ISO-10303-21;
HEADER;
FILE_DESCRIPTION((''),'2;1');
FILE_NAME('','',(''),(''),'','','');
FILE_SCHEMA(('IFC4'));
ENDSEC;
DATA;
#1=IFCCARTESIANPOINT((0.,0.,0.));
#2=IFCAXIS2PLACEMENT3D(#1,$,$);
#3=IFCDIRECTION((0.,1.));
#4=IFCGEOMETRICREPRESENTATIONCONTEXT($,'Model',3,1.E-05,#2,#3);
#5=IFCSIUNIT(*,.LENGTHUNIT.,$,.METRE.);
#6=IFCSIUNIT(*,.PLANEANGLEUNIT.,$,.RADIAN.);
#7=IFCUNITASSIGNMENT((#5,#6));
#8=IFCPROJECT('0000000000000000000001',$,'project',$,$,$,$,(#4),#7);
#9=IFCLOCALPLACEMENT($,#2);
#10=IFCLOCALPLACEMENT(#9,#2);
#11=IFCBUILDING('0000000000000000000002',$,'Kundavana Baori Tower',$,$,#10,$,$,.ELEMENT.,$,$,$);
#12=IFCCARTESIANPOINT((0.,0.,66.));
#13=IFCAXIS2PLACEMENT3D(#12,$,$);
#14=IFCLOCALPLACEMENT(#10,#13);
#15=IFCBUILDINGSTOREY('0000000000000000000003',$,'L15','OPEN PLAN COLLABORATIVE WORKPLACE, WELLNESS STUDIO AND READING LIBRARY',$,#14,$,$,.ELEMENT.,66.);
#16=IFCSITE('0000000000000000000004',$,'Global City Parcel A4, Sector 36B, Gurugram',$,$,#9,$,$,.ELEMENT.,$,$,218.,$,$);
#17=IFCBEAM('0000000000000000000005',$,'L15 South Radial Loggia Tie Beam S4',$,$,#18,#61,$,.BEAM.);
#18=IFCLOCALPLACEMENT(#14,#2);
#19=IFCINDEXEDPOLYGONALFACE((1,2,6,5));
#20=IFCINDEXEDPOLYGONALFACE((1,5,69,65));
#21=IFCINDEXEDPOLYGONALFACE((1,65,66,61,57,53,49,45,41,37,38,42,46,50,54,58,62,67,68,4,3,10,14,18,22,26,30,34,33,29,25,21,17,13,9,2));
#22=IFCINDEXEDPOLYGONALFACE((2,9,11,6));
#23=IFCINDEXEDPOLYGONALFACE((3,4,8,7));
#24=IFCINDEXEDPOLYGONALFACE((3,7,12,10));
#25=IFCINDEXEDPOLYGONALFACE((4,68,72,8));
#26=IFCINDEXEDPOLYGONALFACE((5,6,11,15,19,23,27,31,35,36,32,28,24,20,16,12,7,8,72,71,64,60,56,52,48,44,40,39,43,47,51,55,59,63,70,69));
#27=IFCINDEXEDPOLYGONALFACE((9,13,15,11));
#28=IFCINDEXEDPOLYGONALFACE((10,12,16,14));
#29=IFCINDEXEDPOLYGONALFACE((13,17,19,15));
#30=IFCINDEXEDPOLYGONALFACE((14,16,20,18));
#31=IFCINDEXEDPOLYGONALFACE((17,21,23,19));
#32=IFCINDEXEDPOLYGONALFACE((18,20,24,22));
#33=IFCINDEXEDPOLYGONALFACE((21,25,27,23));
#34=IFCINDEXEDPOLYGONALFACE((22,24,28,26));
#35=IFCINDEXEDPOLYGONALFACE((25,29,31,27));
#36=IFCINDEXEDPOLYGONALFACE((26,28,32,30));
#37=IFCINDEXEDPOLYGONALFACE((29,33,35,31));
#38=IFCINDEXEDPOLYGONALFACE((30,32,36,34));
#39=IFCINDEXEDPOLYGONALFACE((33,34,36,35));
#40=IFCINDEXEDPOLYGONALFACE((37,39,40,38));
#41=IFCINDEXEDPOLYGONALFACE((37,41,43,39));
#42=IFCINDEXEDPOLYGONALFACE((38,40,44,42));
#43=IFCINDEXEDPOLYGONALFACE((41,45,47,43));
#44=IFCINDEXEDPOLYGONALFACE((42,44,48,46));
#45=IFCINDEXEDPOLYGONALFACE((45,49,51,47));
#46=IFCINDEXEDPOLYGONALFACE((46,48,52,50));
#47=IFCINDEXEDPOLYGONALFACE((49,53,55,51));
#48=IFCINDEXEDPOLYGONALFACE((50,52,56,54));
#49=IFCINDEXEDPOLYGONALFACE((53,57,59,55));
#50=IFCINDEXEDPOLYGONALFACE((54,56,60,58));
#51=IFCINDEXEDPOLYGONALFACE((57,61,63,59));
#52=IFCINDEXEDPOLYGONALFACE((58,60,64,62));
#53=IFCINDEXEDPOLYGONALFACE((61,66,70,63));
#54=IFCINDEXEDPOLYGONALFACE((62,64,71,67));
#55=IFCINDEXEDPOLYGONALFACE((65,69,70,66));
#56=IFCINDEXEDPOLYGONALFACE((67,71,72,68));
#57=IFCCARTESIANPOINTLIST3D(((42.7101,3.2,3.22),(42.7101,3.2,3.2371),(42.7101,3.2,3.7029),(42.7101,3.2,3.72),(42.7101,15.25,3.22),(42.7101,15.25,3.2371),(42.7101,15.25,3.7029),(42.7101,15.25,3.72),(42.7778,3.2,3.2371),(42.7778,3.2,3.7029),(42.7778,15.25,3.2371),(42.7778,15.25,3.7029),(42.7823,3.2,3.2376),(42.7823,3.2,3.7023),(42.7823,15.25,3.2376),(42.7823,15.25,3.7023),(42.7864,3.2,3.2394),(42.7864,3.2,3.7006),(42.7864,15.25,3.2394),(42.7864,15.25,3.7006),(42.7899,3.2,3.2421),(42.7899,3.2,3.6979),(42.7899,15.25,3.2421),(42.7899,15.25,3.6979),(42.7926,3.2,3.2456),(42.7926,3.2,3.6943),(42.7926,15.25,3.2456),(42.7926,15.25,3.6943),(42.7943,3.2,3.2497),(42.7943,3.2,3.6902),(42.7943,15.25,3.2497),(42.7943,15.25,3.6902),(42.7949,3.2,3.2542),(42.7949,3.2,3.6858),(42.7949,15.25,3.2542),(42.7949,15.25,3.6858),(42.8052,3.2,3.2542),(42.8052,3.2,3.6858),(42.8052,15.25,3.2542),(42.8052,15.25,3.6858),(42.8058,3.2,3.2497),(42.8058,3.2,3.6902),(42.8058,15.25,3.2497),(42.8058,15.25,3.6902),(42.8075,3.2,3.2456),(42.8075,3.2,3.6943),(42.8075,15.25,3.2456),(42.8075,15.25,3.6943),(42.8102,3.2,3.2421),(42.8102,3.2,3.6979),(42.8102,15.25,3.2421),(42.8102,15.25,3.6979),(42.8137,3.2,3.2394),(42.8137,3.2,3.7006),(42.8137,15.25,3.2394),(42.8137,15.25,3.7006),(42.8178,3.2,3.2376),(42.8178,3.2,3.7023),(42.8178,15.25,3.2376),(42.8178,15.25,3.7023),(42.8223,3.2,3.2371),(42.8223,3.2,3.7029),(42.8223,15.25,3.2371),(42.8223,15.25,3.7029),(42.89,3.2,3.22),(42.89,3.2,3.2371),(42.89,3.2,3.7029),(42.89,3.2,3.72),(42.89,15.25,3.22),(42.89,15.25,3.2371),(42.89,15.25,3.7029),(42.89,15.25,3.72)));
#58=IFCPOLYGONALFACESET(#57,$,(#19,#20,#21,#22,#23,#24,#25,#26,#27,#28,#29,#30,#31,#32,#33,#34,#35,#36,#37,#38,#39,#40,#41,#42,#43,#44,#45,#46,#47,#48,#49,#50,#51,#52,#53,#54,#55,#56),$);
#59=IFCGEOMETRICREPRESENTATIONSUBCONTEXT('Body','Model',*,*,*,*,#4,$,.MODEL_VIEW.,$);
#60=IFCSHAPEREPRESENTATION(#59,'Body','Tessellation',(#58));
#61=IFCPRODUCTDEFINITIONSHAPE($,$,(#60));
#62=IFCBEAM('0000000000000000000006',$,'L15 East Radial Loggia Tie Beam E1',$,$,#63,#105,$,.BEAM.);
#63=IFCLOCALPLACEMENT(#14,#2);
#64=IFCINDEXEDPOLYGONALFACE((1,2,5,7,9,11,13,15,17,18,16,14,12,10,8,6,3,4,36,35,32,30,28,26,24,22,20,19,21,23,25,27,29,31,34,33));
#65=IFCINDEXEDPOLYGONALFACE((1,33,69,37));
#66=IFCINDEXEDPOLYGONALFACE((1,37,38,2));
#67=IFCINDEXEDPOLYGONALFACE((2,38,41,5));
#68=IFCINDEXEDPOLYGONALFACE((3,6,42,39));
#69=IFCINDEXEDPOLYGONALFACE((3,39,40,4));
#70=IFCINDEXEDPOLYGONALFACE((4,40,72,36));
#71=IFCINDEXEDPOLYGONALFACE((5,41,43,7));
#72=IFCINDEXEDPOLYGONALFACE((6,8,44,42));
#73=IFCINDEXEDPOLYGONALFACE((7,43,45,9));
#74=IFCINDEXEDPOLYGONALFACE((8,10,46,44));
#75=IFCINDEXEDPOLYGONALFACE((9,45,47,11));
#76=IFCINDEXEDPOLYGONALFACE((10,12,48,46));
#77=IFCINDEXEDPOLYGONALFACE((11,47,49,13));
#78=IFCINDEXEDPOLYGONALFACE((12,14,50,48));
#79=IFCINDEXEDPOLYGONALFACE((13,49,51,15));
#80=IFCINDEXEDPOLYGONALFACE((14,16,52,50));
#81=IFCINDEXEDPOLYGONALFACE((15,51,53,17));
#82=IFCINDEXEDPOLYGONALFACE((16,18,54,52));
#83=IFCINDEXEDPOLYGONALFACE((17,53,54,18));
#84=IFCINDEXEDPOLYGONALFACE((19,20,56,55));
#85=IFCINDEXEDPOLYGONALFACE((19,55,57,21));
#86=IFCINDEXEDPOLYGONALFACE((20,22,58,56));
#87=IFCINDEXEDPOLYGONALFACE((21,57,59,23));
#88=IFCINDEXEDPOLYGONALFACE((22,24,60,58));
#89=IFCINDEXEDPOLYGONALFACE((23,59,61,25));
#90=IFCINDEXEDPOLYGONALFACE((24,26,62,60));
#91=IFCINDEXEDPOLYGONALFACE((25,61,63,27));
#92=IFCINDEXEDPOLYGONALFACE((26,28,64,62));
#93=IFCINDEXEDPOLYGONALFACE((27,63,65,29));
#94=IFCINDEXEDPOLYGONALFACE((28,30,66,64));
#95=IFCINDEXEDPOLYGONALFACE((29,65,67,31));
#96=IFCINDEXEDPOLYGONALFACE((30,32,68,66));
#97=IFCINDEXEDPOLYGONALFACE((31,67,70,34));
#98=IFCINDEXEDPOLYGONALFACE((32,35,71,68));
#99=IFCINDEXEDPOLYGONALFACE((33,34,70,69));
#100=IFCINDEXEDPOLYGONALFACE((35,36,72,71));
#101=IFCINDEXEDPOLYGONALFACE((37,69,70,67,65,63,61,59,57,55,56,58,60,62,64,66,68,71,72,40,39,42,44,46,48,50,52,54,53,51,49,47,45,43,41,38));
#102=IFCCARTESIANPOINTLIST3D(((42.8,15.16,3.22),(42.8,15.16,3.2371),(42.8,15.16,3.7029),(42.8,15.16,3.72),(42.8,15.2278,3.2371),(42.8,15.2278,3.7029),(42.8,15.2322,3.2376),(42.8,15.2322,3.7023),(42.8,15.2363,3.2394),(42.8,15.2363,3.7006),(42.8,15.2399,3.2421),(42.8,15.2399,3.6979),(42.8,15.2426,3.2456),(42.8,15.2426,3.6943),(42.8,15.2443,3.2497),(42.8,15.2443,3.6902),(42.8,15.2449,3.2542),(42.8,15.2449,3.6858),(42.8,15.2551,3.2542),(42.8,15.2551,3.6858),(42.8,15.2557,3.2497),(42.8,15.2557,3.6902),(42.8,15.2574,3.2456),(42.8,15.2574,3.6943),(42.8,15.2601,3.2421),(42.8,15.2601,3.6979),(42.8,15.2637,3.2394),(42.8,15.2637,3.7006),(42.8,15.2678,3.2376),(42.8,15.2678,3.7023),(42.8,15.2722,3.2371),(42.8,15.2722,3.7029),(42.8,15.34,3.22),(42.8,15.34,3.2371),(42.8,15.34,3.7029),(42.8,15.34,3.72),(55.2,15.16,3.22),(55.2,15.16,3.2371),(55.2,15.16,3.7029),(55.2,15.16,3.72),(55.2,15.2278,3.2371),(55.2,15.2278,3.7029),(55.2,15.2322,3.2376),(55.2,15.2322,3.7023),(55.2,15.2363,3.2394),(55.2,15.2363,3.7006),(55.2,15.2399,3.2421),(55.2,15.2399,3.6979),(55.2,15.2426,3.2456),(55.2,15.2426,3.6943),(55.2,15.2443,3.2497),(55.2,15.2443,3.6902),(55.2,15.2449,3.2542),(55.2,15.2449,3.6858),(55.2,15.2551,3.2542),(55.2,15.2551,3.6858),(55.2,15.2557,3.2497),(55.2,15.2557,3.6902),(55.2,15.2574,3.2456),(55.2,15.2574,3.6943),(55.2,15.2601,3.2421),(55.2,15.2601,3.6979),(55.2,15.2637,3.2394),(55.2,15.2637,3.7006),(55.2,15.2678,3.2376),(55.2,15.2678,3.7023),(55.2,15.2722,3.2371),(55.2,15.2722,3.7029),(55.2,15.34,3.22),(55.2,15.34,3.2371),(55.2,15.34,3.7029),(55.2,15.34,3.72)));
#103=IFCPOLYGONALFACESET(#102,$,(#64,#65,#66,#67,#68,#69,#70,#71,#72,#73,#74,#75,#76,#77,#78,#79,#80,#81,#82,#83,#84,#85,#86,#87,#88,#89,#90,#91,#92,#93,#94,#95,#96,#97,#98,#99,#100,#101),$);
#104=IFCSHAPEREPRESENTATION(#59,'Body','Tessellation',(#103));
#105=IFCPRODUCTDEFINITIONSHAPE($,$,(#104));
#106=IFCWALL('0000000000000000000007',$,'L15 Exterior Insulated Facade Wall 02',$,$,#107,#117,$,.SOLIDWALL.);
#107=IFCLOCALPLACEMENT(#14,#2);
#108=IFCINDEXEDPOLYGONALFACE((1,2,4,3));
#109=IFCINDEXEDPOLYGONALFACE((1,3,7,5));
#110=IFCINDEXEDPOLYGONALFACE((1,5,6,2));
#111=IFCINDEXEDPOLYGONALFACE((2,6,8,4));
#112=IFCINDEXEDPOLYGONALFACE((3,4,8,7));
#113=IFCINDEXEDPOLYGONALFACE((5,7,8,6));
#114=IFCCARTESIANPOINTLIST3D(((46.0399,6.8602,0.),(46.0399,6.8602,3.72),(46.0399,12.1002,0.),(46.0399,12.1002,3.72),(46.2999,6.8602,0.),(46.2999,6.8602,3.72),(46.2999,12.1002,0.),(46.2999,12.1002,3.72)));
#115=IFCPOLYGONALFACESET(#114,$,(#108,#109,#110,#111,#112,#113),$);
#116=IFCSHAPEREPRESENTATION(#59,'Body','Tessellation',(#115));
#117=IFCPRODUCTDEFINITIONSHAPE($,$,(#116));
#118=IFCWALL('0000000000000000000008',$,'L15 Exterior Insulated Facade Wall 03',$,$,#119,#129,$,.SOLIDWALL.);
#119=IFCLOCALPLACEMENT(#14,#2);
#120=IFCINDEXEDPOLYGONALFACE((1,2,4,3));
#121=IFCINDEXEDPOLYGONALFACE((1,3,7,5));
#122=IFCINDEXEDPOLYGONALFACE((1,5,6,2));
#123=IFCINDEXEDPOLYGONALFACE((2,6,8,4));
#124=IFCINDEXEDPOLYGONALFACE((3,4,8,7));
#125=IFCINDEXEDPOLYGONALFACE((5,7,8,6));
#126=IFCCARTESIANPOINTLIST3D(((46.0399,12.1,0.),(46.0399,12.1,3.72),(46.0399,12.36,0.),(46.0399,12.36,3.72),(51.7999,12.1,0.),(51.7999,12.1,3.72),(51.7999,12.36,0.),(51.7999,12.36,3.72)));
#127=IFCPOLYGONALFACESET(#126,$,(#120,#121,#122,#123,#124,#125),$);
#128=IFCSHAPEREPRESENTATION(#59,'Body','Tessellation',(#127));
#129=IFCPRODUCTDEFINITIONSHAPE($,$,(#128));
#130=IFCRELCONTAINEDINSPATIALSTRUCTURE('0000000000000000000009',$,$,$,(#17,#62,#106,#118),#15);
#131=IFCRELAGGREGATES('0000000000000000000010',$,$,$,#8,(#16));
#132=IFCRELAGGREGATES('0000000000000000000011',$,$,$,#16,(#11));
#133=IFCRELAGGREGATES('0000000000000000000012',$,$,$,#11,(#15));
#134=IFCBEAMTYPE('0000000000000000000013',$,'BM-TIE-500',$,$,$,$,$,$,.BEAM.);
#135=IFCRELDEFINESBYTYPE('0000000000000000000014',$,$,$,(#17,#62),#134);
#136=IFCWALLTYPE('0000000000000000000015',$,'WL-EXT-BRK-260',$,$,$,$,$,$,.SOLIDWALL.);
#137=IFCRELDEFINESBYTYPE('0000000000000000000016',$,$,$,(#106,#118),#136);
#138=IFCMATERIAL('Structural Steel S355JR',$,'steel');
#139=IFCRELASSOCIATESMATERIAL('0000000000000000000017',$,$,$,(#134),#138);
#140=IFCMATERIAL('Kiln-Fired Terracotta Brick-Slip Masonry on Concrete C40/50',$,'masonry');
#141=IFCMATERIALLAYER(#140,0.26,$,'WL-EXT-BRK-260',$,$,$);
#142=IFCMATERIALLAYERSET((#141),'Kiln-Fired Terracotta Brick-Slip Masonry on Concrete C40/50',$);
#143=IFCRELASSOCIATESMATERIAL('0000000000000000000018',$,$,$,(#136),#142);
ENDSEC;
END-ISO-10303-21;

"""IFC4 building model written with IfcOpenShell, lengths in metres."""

from ifc_helpers import new_model, si_unit, direction, frame, frame_2d, origin, origin_2d, place, context, subcontext, project, spatial, rectangle, i_section, extrude, material, layer, layer_set, material_profile, profile_set, type_object, element, save


model = new_model("IFC4")

# Units and contexts
model_context = context("Model", 3, precision=1e-05, world=origin(), true_north=direction((0.0, 1.0)))
body_context = subcontext(model_context, "Body", "Model", "MODEL_VIEW")
ifc_project = project(units=[si_unit("LENGTHUNIT", "METRE"), si_unit("PLANEANGLEUNIT", "RADIAN")], contexts=[model_context])

# Site, building, storey
site_placement = place(None, origin())
site = spatial("IfcSite", under=ifc_project, at=site_placement, Name="Global City Parcel A4, Sector 36B, Gurugram", CompositionType="ELEMENT", RefElevation=218.0)
building_placement = place(site_placement, origin())
building = spatial("IfcBuilding", under=site, at=building_placement, Name="Kundavana Baori Tower", CompositionType="ELEMENT")
storey_placement = place(building_placement, frame((0.0, 0.0, 66.0)))
storey = spatial("IfcBuildingStorey", under=building, at=storey_placement, Name="L15", Description="OPEN PLAN COLLABORATIVE WORKPLACE, WELLNESS STUDIO AND READING LIBRARY", CompositionType="ELEMENT", Elevation=66.0)

# Beams
ifc_material_1 = material(Name="Structural Steel S355JR", Category="steel")
ifc_material_profile = material_profile(ifc_material_1, i_section(OverallWidth=0.1799, OverallDepth=0.5, WebThickness=0.0103, FlangeThickness=0.0171, FilletRadius=0.0171, at=origin_2d()), Name="ISMB 500")
ifc_profile_set = profile_set([ifc_material_profile], Name="Structural Steel S355JR")
beam_type = type_object("IfcBeamType", Name="BM-TIE-500", PredefinedType="BEAM", material=ifc_profile_set)
beam_1_placement = place(storey_placement, frame((42.8, 15.25, 3.47), z_axis=(0.0, -1.0, 0.0), x_axis=(1.0, 0.0, 0.0)))
element("IfcBeam", 1, at=beam_1_placement, inside=storey, type_object=beam_type, Name="L15 South Radial Loggia Tie Beam S4", PredefinedType="BEAM", context=body_context, shape_type="SweptSolid", body=[
    extrude(i_section(OverallWidth=0.1799, OverallDepth=0.5, WebThickness=0.0103, FlangeThickness=0.0171, FilletRadius=0.0171, at=origin_2d()), origin(), (0.0, 0.0, 1.0), 12.05),
])
beam_2_placement = place(storey_placement, frame((42.8, 15.25, 3.47), z_axis=(1.0, 0.0, 0.0), x_axis=(0.0, 1.0, 0.0)))
element("IfcBeam", 2, at=beam_2_placement, inside=storey, type_object=beam_type, Name="L15 East Radial Loggia Tie Beam E1", PredefinedType="BEAM", context=body_context, shape_type="SweptSolid", body=[
    extrude(i_section(OverallWidth=0.1799, OverallDepth=0.5, WebThickness=0.0103, FlangeThickness=0.0171, FilletRadius=0.0171, at=origin_2d()), origin(), (0.0, 0.0, 1.0), 12.3999),
])

# Walls
ifc_material_2 = material(Name="Kiln-Fired Terracotta Brick-Slip Masonry on Concrete C40/50", Category="masonry")
ifc_layer_1 = layer(ifc_material_2, 0.26, Name="WL-EXT-BRK-260")
ifc_layer_set_1 = layer_set([ifc_layer_1], Name="Kiln-Fired Terracotta Brick-Slip Masonry on Concrete C40/50")
wall_type_1 = type_object("IfcWallType", Name="WL-EXT-BRK-260", PredefinedType="SOLIDWALL", material=ifc_layer_set_1)
wall_1_placement = place(storey_placement, frame((46.1699, 6.8601, 0.0), z_axis=(0.0, 0.0, 1.0), x_axis=(0.0, 1.0, 0.0)))
element("IfcWall", 3, at=wall_1_placement, inside=storey, type_object=wall_type_1, Name="L15 Exterior Insulated Facade Wall 02", PredefinedType="SOLIDWALL", context=body_context, shape_type="SweptSolid", body=[
    extrude(rectangle(XDim=5.24, YDim=0.26, at=frame_2d((2.6201, 0.0))), origin(), (0.0, 0.0, 1.0), 3.72),
])
wall_2_placement = place(storey_placement, frame((46.04, 12.23, 0.0), z_axis=(0.0, 0.0, 1.0), x_axis=(1.0, 0.0, 0.0)))
element("IfcWall", 4, at=wall_2_placement, inside=storey, type_object=wall_type_1, Name="L15 Exterior Insulated Facade Wall 03", PredefinedType="SOLIDWALL", context=body_context, shape_type="SweptSolid", body=[
    extrude(rectangle(XDim=5.76, YDim=0.26, at=frame_2d((2.8799, 0.0))), origin(), (0.0, 0.0, 1.0), 3.72),
])

save(model, "model.ifc")
